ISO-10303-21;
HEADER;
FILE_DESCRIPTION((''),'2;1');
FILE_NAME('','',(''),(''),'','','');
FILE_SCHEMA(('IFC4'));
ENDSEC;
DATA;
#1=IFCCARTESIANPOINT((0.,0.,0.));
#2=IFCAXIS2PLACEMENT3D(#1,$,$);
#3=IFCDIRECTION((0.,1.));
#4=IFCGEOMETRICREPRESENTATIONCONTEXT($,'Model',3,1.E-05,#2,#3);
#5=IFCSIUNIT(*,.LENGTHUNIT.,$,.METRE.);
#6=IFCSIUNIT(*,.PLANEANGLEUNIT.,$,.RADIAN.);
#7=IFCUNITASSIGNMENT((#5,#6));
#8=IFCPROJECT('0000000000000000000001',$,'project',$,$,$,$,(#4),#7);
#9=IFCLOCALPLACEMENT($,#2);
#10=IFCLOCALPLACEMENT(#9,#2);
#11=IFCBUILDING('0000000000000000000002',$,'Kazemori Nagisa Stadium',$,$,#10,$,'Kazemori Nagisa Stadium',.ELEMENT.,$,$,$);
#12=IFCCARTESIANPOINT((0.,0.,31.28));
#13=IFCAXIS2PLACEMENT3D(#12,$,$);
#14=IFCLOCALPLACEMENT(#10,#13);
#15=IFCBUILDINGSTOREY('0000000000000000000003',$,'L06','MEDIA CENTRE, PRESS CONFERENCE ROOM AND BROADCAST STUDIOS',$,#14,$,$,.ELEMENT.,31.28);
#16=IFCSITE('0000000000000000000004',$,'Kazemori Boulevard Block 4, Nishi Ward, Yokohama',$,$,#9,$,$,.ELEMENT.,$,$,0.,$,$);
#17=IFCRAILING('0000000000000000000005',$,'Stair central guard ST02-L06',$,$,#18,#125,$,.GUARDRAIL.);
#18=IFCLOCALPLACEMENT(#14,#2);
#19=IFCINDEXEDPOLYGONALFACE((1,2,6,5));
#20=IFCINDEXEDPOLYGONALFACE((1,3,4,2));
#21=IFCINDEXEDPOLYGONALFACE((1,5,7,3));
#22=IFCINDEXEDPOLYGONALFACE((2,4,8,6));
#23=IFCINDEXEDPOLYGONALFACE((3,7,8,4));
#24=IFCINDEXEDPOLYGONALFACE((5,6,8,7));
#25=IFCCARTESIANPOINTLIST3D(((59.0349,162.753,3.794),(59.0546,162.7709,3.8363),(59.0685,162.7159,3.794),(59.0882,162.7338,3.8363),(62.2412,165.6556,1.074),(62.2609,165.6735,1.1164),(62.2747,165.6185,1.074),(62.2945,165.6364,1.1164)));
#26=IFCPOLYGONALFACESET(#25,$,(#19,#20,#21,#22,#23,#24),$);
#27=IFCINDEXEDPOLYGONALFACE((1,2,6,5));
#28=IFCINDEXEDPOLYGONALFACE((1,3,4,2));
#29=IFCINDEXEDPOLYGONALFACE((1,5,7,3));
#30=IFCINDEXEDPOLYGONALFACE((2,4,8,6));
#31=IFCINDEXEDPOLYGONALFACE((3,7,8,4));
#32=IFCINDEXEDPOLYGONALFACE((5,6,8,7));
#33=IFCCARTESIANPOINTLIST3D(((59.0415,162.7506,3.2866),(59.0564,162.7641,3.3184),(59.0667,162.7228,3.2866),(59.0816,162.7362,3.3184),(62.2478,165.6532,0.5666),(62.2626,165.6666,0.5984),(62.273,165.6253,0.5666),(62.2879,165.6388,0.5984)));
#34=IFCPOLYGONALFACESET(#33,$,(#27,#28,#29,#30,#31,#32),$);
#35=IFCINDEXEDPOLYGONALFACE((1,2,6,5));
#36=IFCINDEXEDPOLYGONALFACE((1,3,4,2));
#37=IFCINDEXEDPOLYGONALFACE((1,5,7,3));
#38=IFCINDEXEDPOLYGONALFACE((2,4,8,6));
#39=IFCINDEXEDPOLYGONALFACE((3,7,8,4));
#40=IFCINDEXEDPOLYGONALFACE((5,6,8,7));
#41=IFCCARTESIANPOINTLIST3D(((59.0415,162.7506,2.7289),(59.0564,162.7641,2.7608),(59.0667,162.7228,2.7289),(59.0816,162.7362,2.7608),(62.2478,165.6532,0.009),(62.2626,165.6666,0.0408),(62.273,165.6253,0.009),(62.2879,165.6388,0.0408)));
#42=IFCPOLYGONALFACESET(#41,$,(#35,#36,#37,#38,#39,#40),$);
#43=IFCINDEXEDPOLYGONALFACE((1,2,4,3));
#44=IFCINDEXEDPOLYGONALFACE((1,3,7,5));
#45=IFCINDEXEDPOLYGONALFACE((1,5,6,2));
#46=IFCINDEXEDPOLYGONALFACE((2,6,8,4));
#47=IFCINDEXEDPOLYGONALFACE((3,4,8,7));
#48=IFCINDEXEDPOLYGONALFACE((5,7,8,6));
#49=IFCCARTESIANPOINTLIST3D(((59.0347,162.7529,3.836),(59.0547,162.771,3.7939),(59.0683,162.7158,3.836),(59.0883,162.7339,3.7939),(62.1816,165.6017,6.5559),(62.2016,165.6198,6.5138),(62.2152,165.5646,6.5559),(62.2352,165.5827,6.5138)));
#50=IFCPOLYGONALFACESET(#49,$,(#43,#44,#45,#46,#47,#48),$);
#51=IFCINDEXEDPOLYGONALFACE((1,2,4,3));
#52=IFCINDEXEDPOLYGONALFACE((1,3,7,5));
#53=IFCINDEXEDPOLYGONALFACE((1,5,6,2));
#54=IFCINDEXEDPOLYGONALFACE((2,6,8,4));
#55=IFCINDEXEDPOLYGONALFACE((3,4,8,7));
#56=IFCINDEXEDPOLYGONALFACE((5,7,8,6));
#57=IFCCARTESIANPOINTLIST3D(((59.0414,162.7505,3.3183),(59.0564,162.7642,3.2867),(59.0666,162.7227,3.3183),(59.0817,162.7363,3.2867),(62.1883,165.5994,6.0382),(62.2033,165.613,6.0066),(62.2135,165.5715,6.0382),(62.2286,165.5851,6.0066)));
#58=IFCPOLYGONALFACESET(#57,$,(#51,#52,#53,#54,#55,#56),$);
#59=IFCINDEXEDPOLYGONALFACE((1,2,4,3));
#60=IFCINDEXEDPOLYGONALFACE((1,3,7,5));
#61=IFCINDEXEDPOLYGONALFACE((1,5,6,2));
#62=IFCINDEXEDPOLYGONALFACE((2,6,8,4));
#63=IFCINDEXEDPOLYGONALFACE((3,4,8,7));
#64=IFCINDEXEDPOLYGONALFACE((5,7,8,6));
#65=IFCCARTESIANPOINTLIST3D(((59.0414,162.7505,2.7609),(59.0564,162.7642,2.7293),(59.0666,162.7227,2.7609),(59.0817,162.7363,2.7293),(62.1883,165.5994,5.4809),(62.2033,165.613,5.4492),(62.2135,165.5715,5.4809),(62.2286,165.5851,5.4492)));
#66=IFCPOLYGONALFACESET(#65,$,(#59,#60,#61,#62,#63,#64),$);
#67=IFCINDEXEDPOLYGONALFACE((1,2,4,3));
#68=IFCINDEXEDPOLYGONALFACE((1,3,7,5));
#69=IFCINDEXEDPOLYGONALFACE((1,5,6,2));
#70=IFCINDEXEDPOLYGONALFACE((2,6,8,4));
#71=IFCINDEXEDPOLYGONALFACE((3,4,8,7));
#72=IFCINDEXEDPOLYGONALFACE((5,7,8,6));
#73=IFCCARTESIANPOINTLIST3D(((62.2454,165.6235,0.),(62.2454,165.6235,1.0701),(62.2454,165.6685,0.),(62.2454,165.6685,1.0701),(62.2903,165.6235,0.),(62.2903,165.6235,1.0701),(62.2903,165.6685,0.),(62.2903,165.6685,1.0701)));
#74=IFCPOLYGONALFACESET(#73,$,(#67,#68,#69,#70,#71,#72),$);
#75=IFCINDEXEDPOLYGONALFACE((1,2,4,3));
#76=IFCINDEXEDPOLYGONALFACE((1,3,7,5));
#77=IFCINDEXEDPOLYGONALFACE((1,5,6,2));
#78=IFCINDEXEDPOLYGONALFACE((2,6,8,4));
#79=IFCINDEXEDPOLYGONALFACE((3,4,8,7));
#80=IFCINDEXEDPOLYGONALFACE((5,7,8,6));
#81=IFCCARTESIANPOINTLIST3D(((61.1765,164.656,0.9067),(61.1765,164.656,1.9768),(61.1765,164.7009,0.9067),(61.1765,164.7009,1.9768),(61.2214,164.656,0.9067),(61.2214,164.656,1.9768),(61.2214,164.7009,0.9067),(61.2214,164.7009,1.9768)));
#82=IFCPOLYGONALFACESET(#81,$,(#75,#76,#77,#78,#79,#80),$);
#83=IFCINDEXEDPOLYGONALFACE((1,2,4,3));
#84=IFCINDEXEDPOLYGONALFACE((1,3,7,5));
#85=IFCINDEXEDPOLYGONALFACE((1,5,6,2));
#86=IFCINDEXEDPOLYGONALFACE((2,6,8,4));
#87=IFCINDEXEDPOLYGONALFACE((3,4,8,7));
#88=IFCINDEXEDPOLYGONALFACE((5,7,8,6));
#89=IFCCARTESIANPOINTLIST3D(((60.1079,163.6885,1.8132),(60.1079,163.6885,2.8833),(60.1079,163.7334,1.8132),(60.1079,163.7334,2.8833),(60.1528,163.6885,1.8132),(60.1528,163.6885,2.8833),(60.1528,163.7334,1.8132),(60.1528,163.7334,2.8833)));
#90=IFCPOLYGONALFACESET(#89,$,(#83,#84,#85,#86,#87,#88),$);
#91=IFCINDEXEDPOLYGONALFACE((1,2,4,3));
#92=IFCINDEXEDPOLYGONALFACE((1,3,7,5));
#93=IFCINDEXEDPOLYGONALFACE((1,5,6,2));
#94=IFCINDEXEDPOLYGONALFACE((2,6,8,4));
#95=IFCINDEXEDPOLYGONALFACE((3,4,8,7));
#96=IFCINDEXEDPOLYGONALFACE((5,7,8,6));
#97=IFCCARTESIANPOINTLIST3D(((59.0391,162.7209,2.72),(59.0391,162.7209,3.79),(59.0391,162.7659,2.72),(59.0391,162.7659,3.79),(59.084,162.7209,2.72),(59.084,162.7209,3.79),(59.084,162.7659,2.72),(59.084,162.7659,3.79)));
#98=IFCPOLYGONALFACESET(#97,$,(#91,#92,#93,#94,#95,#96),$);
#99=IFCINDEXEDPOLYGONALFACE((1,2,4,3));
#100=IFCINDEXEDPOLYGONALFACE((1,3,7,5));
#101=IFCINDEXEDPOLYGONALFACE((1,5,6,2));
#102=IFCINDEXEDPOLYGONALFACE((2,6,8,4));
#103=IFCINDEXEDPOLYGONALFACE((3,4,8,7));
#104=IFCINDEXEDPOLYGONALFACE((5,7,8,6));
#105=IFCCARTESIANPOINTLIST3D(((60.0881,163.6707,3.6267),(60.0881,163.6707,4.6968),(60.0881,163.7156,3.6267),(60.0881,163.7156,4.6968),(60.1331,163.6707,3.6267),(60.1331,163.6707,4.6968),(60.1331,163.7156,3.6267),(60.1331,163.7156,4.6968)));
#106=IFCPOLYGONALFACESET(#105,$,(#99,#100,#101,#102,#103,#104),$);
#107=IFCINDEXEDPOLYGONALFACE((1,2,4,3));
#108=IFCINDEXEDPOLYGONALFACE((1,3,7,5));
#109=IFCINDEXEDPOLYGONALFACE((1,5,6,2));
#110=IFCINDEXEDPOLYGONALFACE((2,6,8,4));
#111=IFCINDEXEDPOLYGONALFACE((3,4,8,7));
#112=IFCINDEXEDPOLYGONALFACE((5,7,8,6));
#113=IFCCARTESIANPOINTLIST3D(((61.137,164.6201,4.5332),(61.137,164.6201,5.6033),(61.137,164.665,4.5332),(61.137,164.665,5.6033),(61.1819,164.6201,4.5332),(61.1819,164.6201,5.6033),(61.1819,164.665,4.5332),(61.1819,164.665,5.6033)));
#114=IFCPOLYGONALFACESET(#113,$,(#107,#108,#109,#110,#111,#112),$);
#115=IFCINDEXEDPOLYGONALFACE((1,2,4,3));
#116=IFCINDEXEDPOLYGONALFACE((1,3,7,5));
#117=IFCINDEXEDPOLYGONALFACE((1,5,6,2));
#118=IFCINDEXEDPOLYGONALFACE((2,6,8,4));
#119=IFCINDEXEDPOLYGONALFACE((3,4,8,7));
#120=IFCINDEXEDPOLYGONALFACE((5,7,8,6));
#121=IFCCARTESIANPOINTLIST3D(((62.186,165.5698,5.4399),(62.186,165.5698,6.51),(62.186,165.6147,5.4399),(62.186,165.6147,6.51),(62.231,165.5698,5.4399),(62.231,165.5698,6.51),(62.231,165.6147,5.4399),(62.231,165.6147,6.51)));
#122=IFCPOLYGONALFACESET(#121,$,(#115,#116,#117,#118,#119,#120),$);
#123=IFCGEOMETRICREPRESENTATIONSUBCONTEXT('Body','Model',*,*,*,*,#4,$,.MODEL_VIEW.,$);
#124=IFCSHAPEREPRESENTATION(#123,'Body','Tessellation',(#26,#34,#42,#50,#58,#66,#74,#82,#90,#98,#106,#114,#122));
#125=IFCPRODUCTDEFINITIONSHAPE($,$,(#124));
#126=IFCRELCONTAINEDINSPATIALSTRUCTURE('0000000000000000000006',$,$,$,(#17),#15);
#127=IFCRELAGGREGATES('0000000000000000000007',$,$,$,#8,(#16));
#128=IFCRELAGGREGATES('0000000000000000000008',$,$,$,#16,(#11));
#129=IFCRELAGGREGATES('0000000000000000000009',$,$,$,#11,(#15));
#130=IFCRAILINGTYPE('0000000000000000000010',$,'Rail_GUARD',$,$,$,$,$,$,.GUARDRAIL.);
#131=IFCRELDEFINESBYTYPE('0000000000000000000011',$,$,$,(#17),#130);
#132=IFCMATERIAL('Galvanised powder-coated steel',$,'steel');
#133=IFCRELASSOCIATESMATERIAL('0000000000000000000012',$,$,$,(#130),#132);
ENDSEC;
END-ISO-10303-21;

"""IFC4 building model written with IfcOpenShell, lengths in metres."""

from ifc_helpers import new_model, si_unit, direction, frame, origin, origin_2d, place, context, subcontext, project, spatial, rectangle, extrude, material, type_object, element, save


model = new_model("IFC4")

# Units and contexts
model_context = context("Model", 3, precision=1e-05, world=origin(), true_north=direction((0.0, 1.0)))
body_context = subcontext(model_context, "Body", "Model", "MODEL_VIEW")
ifc_project = project(units=[si_unit("LENGTHUNIT", "METRE"), si_unit("PLANEANGLEUNIT", "RADIAN")], contexts=[model_context])

# Site, building, storey
site_placement = place(None, origin())
site = spatial("IfcSite", under=ifc_project, at=site_placement, Name="Kazemori Boulevard Block 4, Nishi Ward, Yokohama", CompositionType="ELEMENT", RefElevation=0.0)
building_placement = place(site_placement, origin())
building = spatial("IfcBuilding", under=site, at=building_placement, Name="Kazemori Nagisa Stadium", LongName="Kazemori Nagisa Stadium", CompositionType="ELEMENT")
storey_placement = place(building_placement, frame((0.0, 0.0, 31.28)))
storey = spatial("IfcBuildingStorey", under=building, at=storey_placement, Name="L06", Description="MEDIA CENTRE, PRESS CONFERENCE ROOM AND BROADCAST STUDIOS", CompositionType="ELEMENT", Elevation=31.28)

# Railing
ifc_material_1 = material(Name="Galvanised powder-coated steel", Category="steel")
railing_type_1 = type_object("IfcRailingType", Name="Rail_GUARD", PredefinedType="GUARDRAIL", material=ifc_material_1)
railing_1_placement = place(storey_placement, frame((62.2678, 165.646, 0.0)))
element("IfcRailing", 1, at=railing_1_placement, inside=storey, type_object=railing_type_1, Name="Stair central guard ST02-L06", PredefinedType="GUARDRAIL", context=body_context, shape_type="SweptSolid", body=[
    extrude(rectangle(XDim=0.05, YDim=0.05, at=origin_2d()), frame((0.0, 0.0, 1.0952), z_axis=(-0.627558, -0.568113, 0.53237), x_axis=(0.671123, -0.741346, 0.0)), (0.0, 0.0, 1.0), 5.1091),
    extrude(rectangle(XDim=0.0376, YDim=0.0376, at=origin_2d()), frame((0.0, 0.0, 0.5825), z_axis=(-0.627558, -0.568113, 0.53237), x_axis=(0.671123, -0.741346, 0.0)), (0.0, 0.0, 1.0), 5.1091),
    extrude(rectangle(XDim=0.0376, YDim=0.0376, at=origin_2d()), frame((0.0, 0.0, 0.0249), z_axis=(-0.627558, -0.568113, 0.53237), x_axis=(0.671123, -0.741346, 0.0)), (0.0, 0.0, 1.0), 5.1091),
    extrude(rectangle(XDim=0.05, YDim=0.05, at=origin_2d()), frame((-3.2063, -2.9026, 3.8149), z_axis=(0.624201, 0.565073, 0.539505), x_axis=(-0.671123, 0.741346, 0.0)), (0.0, 0.0, 1.0), 5.0415),
    extrude(rectangle(XDim=0.0376, YDim=0.0376, at=origin_2d()), frame((-3.2063, -2.9026, 3.3025), z_axis=(0.624201, 0.565073, 0.539505), x_axis=(-0.671123, 0.741346, 0.0)), (0.0, 0.0, 1.0), 5.0415),
    extrude(rectangle(XDim=0.0376, YDim=0.0376, at=origin_2d()), frame((-3.2063, -2.9026, 2.7451), z_axis=(0.624201, 0.565073, 0.539505), x_axis=(-0.671123, 0.741346, 0.0)), (0.0, 0.0, 1.0), 5.0415),
    extrude(rectangle(XDim=0.0449, YDim=0.0449, at=origin_2d()), origin(), (0.0, 0.0, 1.0), 1.0701),
    extrude(rectangle(XDim=0.0449, YDim=0.0449, at=origin_2d()), frame((-1.0688, -0.9675, 0.9067)), (0.0, 0.0, 1.0), 1.0701),
    extrude(rectangle(XDim=0.0449, YDim=0.0449, at=origin_2d()), frame((-2.1375, -1.9351, 1.8132)), (0.0, 0.0, 1.0), 1.0701),
    extrude(rectangle(XDim=0.0449, YDim=0.0449, at=origin_2d()), frame((-3.2063, -2.9026, 2.72)), (0.0, 0.0, 1.0), 1.0701),
    extrude(rectangle(XDim=0.0449, YDim=0.0449, at=origin_2d()), frame((-2.1572, -1.9529, 3.6267)), (0.0, 0.0, 1.0), 1.0701),
    extrude(rectangle(XDim=0.0449, YDim=0.0449, at=origin_2d()), frame((-1.1084, -1.0034, 4.5332)), (0.0, 0.0, 1.0), 1.0701),
    extrude(rectangle(XDim=0.0449, YDim=0.0449, at=origin_2d()), frame((-0.0593, -0.0537, 5.4399)), (0.0, 0.0, 1.0), 1.0701),
])

save(model, "model.ifc")
